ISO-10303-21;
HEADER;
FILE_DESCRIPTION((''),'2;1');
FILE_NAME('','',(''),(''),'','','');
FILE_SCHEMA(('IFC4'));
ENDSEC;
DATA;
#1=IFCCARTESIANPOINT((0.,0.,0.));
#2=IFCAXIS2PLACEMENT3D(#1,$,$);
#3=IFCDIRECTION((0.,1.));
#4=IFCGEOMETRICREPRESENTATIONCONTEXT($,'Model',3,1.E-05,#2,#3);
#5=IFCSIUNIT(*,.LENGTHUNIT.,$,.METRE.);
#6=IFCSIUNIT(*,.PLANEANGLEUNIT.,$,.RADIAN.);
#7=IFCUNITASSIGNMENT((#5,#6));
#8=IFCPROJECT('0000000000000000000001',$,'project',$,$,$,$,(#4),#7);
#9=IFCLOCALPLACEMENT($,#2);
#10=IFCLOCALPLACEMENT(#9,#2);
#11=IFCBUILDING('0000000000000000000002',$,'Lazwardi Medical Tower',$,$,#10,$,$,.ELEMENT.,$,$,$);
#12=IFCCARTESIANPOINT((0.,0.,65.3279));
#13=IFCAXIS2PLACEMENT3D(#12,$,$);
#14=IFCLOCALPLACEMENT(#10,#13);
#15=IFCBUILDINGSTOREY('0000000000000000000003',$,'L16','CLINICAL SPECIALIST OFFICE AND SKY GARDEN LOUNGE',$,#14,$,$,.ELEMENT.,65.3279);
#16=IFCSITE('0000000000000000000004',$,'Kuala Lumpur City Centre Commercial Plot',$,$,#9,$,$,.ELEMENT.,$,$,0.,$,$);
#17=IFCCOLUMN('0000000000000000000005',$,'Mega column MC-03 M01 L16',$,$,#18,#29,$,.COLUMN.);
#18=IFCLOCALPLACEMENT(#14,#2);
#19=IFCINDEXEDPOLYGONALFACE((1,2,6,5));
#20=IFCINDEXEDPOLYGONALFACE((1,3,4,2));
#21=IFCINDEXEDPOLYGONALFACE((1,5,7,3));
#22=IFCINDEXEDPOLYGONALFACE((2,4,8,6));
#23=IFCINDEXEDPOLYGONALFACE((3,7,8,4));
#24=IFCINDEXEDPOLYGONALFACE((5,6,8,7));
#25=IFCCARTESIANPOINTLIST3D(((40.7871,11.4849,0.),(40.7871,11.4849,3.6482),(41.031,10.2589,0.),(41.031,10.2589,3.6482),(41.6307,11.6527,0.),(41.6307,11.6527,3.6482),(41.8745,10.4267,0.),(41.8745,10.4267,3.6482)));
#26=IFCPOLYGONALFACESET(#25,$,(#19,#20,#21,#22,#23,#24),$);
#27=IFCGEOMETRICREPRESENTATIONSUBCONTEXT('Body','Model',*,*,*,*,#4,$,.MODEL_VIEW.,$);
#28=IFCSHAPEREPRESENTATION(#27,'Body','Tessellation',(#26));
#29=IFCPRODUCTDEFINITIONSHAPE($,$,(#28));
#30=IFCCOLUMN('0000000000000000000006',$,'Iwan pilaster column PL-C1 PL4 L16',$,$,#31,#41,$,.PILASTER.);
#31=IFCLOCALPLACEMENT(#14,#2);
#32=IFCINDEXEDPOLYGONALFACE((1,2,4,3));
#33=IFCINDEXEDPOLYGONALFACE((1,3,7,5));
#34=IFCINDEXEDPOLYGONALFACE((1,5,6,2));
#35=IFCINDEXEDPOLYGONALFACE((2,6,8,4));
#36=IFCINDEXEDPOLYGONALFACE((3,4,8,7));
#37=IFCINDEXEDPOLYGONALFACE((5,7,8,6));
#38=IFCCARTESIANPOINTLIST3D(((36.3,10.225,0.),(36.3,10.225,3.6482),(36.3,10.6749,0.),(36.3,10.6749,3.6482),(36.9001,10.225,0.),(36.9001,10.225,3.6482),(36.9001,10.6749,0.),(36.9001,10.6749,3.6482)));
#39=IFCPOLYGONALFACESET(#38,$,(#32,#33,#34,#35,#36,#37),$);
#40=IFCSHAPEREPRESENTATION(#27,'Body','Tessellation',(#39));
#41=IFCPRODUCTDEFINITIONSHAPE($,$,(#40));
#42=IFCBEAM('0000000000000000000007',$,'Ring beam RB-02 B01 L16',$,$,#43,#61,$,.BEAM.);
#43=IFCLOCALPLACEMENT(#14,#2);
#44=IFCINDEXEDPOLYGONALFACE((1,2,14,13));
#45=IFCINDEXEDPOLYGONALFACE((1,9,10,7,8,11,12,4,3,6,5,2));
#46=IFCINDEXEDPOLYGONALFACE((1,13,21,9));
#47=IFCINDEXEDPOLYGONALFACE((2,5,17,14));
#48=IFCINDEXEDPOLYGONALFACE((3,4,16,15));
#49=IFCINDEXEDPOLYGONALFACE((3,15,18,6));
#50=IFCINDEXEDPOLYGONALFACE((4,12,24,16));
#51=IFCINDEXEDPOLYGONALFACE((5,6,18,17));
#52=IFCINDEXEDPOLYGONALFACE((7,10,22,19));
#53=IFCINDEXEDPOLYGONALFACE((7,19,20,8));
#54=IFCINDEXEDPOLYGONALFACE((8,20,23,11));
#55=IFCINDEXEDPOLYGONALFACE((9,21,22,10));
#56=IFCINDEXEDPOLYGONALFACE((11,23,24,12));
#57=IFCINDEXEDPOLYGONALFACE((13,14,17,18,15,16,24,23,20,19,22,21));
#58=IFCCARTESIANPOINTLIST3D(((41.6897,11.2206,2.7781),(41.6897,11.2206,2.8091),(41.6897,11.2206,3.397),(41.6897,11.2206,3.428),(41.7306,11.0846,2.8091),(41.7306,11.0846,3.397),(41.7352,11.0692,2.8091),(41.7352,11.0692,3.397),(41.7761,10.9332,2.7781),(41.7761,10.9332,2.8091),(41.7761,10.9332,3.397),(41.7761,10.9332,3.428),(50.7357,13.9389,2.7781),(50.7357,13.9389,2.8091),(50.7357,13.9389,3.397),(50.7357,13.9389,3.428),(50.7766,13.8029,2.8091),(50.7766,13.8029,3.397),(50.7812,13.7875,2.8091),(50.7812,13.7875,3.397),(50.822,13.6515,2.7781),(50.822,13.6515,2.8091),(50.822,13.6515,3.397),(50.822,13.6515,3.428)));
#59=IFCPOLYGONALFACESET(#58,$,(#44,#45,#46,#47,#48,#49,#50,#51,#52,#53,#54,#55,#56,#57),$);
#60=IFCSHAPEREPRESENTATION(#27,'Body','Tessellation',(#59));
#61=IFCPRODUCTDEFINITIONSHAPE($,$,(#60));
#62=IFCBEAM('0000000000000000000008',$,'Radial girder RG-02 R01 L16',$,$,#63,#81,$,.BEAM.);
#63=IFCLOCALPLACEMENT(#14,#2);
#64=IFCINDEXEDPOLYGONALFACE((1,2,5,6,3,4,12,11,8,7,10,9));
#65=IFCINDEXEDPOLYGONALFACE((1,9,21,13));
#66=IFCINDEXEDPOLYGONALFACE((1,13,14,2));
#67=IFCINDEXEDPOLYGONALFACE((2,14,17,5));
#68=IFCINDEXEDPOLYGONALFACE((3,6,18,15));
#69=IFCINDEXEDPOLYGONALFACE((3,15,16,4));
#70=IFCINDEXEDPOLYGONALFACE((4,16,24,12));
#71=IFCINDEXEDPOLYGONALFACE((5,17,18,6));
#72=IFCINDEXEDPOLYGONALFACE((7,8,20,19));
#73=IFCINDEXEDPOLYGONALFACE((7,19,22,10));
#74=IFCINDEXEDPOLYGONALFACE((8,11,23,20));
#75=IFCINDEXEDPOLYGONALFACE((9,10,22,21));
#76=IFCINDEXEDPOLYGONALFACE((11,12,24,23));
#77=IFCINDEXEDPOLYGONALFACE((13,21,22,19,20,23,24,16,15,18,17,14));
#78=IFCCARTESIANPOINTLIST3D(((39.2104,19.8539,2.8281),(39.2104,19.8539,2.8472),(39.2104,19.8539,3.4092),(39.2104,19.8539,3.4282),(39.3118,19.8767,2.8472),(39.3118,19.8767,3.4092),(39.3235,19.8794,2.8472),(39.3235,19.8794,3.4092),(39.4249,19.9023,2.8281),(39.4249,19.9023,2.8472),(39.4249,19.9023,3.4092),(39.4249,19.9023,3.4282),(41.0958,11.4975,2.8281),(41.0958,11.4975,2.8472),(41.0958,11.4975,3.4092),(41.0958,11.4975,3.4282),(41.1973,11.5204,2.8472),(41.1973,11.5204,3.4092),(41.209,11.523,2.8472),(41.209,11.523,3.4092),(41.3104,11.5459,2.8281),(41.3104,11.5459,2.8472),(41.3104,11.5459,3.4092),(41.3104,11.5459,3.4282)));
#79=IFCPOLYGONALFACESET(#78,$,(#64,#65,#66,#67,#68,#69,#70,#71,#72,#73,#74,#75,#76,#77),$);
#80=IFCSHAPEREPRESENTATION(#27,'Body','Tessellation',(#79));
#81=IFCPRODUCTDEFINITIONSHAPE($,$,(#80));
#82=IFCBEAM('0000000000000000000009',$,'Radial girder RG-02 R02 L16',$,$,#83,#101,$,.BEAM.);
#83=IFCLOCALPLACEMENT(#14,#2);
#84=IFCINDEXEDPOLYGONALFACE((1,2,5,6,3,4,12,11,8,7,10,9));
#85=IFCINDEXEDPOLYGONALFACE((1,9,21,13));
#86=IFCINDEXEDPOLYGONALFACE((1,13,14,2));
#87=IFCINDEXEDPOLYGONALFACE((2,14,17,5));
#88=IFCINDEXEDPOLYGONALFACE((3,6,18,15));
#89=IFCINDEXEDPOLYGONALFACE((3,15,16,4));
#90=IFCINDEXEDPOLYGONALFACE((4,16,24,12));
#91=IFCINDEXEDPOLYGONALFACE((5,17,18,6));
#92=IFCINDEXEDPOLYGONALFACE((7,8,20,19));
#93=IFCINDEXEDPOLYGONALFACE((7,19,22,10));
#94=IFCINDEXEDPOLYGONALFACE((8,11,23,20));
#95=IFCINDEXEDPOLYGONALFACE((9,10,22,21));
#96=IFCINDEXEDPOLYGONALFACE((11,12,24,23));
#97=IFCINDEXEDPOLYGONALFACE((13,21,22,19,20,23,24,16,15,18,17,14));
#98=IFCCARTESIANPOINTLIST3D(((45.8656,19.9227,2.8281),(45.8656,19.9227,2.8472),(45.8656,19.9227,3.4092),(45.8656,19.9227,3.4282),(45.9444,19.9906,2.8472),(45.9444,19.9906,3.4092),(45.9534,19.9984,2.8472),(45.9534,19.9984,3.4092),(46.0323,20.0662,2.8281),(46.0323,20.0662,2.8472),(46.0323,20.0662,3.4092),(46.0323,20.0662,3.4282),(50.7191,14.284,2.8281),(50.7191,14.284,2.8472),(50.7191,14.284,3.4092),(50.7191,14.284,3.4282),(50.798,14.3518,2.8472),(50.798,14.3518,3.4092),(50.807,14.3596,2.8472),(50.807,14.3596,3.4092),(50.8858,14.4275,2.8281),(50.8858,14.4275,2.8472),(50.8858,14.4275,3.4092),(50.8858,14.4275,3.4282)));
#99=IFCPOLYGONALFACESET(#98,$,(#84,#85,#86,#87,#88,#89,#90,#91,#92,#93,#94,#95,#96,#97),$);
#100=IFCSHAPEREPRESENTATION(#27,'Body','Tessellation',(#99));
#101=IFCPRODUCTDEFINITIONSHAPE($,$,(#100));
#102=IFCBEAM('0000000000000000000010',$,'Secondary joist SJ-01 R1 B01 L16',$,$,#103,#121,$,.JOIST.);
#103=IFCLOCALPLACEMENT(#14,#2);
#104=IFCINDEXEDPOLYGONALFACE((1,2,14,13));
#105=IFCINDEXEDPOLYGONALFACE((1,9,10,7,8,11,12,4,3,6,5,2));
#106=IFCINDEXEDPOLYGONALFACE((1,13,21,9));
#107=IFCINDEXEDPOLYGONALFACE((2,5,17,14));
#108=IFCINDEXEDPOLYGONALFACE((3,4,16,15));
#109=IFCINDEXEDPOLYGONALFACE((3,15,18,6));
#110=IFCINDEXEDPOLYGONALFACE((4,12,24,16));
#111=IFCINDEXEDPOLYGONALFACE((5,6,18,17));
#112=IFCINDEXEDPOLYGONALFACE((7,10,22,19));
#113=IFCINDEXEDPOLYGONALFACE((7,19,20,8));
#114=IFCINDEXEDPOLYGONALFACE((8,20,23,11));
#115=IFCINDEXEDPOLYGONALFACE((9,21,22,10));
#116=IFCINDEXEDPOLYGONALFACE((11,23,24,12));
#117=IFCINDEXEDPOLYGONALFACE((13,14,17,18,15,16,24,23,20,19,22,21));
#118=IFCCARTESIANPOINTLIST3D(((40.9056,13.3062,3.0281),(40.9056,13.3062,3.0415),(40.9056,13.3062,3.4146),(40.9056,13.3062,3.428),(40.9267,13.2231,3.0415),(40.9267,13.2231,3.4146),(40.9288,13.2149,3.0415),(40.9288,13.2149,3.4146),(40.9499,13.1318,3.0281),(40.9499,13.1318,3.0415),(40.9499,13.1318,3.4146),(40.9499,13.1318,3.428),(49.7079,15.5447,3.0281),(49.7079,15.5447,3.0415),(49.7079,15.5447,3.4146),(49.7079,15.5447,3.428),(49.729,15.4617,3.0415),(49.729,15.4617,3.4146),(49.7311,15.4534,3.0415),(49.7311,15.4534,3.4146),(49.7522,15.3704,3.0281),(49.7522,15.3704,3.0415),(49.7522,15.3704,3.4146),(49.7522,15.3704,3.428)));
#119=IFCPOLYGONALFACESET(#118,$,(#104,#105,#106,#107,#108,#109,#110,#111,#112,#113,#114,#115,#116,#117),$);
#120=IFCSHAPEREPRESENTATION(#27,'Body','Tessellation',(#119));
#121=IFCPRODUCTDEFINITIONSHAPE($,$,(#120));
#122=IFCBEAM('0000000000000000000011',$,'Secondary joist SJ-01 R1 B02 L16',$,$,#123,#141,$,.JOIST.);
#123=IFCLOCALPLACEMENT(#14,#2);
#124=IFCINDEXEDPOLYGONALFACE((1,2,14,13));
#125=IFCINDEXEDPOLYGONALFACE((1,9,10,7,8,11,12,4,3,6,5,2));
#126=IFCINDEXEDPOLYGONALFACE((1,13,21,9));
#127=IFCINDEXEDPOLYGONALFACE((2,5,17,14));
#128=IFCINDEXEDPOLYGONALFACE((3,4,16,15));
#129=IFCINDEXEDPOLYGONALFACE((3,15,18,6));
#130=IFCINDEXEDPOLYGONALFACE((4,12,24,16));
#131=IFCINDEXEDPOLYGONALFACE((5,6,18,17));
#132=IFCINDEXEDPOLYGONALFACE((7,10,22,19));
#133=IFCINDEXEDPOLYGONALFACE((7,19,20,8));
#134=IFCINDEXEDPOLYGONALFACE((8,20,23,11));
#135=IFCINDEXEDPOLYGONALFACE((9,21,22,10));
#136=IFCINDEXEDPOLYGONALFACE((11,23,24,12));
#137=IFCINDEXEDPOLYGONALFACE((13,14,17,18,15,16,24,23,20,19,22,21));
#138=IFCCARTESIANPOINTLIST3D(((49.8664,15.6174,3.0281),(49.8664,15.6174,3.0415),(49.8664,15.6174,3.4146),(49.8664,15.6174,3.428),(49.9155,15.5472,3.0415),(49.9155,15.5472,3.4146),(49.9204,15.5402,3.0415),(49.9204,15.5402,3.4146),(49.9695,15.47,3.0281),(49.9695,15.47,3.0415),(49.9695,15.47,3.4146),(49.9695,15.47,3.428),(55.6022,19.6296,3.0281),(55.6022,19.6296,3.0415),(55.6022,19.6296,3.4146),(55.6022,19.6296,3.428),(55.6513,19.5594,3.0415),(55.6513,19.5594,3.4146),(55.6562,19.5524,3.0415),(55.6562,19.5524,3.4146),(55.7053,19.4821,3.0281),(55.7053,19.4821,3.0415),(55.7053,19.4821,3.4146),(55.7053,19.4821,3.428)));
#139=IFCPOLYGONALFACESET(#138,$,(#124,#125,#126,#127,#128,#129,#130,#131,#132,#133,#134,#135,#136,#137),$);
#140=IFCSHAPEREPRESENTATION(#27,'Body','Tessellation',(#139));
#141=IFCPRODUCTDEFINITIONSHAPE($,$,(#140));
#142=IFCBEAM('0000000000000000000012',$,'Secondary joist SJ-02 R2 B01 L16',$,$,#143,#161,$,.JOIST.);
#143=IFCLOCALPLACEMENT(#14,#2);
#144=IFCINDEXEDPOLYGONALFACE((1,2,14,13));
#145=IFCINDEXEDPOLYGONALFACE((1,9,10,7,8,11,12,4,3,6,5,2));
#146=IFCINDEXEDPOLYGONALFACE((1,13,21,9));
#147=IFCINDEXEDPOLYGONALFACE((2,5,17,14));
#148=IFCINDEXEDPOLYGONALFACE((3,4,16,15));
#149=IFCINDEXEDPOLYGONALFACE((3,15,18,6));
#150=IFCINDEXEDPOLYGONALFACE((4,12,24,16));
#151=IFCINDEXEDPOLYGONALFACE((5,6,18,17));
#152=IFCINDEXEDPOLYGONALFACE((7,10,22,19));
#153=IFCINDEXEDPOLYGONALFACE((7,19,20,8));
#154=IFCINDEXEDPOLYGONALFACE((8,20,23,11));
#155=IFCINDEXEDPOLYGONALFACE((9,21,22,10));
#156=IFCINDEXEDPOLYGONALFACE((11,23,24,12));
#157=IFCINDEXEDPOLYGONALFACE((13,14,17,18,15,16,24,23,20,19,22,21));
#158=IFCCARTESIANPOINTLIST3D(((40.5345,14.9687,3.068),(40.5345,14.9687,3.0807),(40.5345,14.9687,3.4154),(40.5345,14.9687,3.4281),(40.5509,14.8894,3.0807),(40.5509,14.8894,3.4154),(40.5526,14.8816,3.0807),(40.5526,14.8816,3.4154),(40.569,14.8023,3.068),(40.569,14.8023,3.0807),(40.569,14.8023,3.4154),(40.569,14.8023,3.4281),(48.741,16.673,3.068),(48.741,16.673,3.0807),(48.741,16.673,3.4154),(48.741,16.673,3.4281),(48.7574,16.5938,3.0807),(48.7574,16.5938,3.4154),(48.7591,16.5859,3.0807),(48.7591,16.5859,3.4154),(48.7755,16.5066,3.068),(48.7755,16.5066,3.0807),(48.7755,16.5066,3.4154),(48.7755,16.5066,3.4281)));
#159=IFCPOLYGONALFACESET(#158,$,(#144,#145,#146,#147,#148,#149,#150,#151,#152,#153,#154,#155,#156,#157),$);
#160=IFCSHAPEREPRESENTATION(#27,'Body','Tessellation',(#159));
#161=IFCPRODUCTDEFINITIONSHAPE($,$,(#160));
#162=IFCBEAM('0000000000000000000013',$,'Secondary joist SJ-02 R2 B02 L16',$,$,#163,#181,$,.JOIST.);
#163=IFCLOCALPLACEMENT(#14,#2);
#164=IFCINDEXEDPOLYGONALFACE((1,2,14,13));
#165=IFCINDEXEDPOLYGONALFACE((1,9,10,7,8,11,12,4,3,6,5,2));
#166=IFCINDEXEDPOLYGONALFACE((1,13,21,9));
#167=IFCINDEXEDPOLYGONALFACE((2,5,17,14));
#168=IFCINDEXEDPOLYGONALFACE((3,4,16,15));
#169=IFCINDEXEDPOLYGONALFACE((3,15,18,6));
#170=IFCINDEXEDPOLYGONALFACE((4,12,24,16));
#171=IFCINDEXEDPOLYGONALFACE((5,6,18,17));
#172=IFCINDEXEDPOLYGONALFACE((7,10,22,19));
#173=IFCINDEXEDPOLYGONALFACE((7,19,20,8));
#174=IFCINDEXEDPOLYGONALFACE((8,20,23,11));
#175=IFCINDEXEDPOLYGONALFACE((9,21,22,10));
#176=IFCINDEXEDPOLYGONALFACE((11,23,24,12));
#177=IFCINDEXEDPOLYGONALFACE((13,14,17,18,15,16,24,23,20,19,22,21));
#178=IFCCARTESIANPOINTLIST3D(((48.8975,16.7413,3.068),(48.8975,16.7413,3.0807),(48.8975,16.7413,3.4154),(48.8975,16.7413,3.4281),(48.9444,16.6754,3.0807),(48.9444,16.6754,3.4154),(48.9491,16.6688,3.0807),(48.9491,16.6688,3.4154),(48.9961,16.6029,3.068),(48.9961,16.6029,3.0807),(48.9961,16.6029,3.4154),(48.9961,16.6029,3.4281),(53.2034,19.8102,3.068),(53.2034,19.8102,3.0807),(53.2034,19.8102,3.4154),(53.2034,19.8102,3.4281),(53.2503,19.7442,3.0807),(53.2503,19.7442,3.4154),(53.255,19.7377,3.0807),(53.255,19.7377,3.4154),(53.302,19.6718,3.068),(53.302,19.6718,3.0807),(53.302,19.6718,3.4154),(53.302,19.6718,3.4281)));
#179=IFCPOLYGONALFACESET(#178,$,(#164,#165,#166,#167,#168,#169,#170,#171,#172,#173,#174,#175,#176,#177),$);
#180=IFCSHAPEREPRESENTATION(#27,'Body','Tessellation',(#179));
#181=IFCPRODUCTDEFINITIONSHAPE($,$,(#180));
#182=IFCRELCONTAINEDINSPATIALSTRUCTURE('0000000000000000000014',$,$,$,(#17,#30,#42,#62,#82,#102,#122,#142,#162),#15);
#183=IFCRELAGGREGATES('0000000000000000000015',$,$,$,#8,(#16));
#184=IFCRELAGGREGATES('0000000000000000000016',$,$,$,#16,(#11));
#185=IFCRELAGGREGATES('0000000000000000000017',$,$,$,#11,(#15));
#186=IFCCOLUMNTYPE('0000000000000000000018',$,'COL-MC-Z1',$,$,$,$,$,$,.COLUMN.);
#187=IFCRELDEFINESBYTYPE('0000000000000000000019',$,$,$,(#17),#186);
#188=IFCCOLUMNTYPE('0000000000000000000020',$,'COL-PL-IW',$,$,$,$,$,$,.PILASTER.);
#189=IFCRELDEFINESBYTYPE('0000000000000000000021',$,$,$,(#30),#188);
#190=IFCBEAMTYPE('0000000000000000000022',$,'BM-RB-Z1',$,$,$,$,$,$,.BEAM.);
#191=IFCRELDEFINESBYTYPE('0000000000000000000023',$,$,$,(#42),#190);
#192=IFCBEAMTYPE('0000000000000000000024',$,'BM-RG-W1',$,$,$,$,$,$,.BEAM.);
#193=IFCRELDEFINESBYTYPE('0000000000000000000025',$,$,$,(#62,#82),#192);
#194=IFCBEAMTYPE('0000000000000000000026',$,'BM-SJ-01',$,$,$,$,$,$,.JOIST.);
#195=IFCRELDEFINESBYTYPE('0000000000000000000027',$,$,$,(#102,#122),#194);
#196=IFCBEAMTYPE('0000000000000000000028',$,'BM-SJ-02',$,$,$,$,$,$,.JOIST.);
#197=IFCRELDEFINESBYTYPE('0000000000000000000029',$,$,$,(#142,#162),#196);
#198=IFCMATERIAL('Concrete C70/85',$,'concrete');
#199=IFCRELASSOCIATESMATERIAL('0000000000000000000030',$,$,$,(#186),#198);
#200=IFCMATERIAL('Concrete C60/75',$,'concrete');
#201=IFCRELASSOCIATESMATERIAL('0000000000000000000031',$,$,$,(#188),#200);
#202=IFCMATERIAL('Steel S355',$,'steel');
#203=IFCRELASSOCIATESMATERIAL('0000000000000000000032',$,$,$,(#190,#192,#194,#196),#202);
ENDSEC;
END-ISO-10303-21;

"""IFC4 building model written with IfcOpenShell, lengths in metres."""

from ifc_helpers import new_model, si_unit, direction, frame, origin, origin_2d, place, context, subcontext, project, spatial, rectangle, i_section, extrude, material, material_profile, profile_set, type_object, element, save


model = new_model("IFC4")

# Units and contexts
model_context = context("Model", 3, precision=1e-05, world=origin(), true_north=direction((0.0, 1.0)))
body_context = subcontext(model_context, "Body", "Model", "MODEL_VIEW")
ifc_project = project(units=[si_unit("LENGTHUNIT", "METRE"), si_unit("PLANEANGLEUNIT", "RADIAN")], contexts=[model_context])

# Site, building, storey
site_placement = place(None, origin())
site = spatial("IfcSite", under=ifc_project, at=site_placement, Name="Kuala Lumpur City Centre Commercial Plot", CompositionType="ELEMENT", RefElevation=0.0)
building_placement = place(site_placement, origin())
building = spatial("IfcBuilding", under=site, at=building_placement, Name="Lazwardi Medical Tower", CompositionType="ELEMENT")
storey_placement = place(building_placement, frame((0.0, 0.0, 65.3279)))
storey = spatial("IfcBuildingStorey", under=building, at=storey_placement, Name="L16", Description="CLINICAL SPECIALIST OFFICE AND SKY GARDEN LOUNGE", CompositionType="ELEMENT", Elevation=65.3279)

# Columns
ifc_material_1 = material(Name="Concrete C70/85", Category="concrete")
ifc_material_profile_1 = material_profile(ifc_material_1, rectangle(XDim=1.25, YDim=0.8601, at=origin_2d()), Name="CFT-RECT 1250x860")
ifc_profile_set_1 = profile_set([ifc_material_profile_1], Name="Concrete C70/85")
column_type_1 = type_object("IfcColumnType", Name="COL-MC-Z1", PredefinedType="COLUMN", material=ifc_profile_set_1)
column_1_placement = place(storey_placement, frame((41.3308, 10.9558, 0.0), z_axis=(0.0, 0.0, 1.0), x_axis=(0.19509, -0.980785, 0.0)))
element("IfcColumn", 1, at=column_1_placement, inside=storey, type_object=column_type_1, Name="Mega column MC-03 M01 L16", PredefinedType="COLUMN", context=body_context, shape_type="SweptSolid", body=[
    extrude(rectangle(XDim=1.25, YDim=0.8601, at=origin_2d()), origin(), (0.0, 0.0, 1.0), 3.6482),
])
ifc_material_2 = material(Name="Concrete C60/75", Category="concrete")
ifc_material_profile_2 = material_profile(ifc_material_2, rectangle(XDim=0.6001, YDim=0.45, at=origin_2d()), Name="RC 600x450")
ifc_profile_set_2 = profile_set([ifc_material_profile_2], Name="Concrete C60/75")
column_type_2 = type_object("IfcColumnType", Name="COL-PL-IW", PredefinedType="PILASTER", material=ifc_profile_set_2)
column_2_placement = place(storey_placement, frame((36.6001, 10.45, 0.0), z_axis=(0.0, 0.0, 1.0), x_axis=(1.0, 0.0, 0.0)))
element("IfcColumn", 2, at=column_2_placement, inside=storey, type_object=column_type_2, Name="Iwan pilaster column PL-C1 PL4 L16", PredefinedType="PILASTER", context=body_context, shape_type="SweptSolid", body=[
    extrude(rectangle(XDim=0.6001, YDim=0.45, at=origin_2d()), origin(), (0.0, 0.0, 1.0), 3.6482),
])

# Beams
ifc_material_3 = material(Name="Steel S355", Category="steel")
ifc_material_profile_3 = material_profile(ifc_material_3, i_section(OverallWidth=0.3, OverallDepth=0.6499, WebThickness=0.0161, FlangeThickness=0.031, at=origin_2d()), Name="HEB 650")
ifc_profile_set_3 = profile_set([ifc_material_profile_3], Name="Steel S355")
beam_type_1 = type_object("IfcBeamType", Name="BM-RB-Z1", PredefinedType="BEAM", material=ifc_profile_set_3)
beam_1_placement = place(storey_placement, frame((41.7329, 11.0769, 3.103), z_axis=(0.957695, 0.287784, 0.0), x_axis=(-0.287784, 0.957695, 0.0)))
element("IfcBeam", 3, at=beam_1_placement, inside=storey, type_object=beam_type_1, Name="Ring beam RB-02 B01 L16", PredefinedType="BEAM", context=body_context, shape_type="SweptSolid", body=[
    extrude(i_section(OverallWidth=0.3, OverallDepth=0.6499, WebThickness=0.0161, FlangeThickness=0.031, at=origin_2d()), origin(), (0.0, 0.0, 1.0), 9.4456),
])
ifc_material_profile_4 = material_profile(ifc_material_3, i_section(OverallWidth=0.22, OverallDepth=0.6001, WebThickness=0.012, FlangeThickness=0.019, at=origin_2d()), Name="IPE 600")
ifc_profile_set_4 = profile_set([ifc_material_profile_4], Name="Steel S355")
beam_type_2 = type_object("IfcBeamType", Name="BM-RG-W1", PredefinedType="BEAM", material=ifc_profile_set_4)
beam_2_placement = place(storey_placement, frame((41.2031, 11.5217, 3.1282), z_axis=(-0.220101, 0.975477, 0.0), x_axis=(-0.975477, -0.220101, 0.0)))
element("IfcBeam", 4, at=beam_2_placement, inside=storey, type_object=beam_type_2, Name="Radial girder RG-02 R01 L16", PredefinedType="BEAM", context=body_context, shape_type="SweptSolid", body=[
    extrude(i_section(OverallWidth=0.22, OverallDepth=0.6001, WebThickness=0.012, FlangeThickness=0.019, at=origin_2d()), origin(), (0.0, 0.0, 1.0), 8.5664),
])
beam_3_placement = place(storey_placement, frame((50.8025, 14.3557, 3.1282), z_axis=(-0.652368, 0.757902, 0.0), x_axis=(-0.757902, -0.652368, 0.0)))
element("IfcBeam", 5, at=beam_3_placement, inside=storey, type_object=beam_type_2, Name="Radial girder RG-02 R02 L16", PredefinedType="BEAM", context=body_context, shape_type="SweptSolid", body=[
    extrude(i_section(OverallWidth=0.22, OverallDepth=0.6001, WebThickness=0.012, FlangeThickness=0.019, at=origin_2d()), origin(), (0.0, 0.0, 1.0), 7.4399),
])
ifc_material_profile_5 = material_profile(ifc_material_3, i_section(OverallWidth=0.1799, OverallDepth=0.3999, WebThickness=0.0085, FlangeThickness=0.0134, at=origin_2d()), Name="IPE 400")
ifc_profile_set_5 = profile_set([ifc_material_profile_5], Name="Steel S355")
beam_type_3 = type_object("IfcBeamType", Name="BM-SJ-01", PredefinedType="JOIST", material=ifc_profile_set_5)
beam_4_placement = place(storey_placement, frame((40.9277, 13.219, 3.228), z_axis=(0.969151, 0.246468, 0.0), x_axis=(-0.246468, 0.969151, 0.0)))
element("IfcBeam", 6, at=beam_4_placement, inside=storey, type_object=beam_type_3, Name="Secondary joist SJ-01 R1 B01 L16", PredefinedType="JOIST", context=body_context, shape_type="SweptSolid", body=[
    extrude(i_section(OverallWidth=0.1799, OverallDepth=0.3999, WebThickness=0.0085, FlangeThickness=0.0134, at=origin_2d()), origin(), (0.0, 0.0, 1.0), 9.0825),
])
beam_5_placement = place(storey_placement, frame((49.918, 15.5437, 3.228), z_axis=(0.819425, 0.573186, 0.0), x_axis=(-0.573186, 0.819425, 0.0)))
element("IfcBeam", 7, at=beam_5_placement, inside=storey, type_object=beam_type_3, Name="Secondary joist SJ-01 R1 B02 L16", PredefinedType="JOIST", context=body_context, shape_type="SweptSolid", body=[
    extrude(i_section(OverallWidth=0.1799, OverallDepth=0.3999, WebThickness=0.0085, FlangeThickness=0.0134, at=origin_2d()), origin(), (0.0, 0.0, 1.0), 6.9998),
])
ifc_material_profile_6 = material_profile(ifc_material_3, i_section(OverallWidth=0.1699, OverallDepth=0.3601, WebThickness=0.0081, FlangeThickness=0.0127, at=origin_2d()), Name="IPE 360")
ifc_profile_set_6 = profile_set([ifc_material_profile_6], Name="Steel S355")
beam_type_4 = type_object("IfcBeamType", Name="BM-SJ-02", PredefinedType="JOIST", material=ifc_profile_set_6)
beam_6_placement = place(storey_placement, frame((40.5518, 14.8855, 3.248), z_axis=(0.979108, 0.203342, 0.0), x_axis=(-0.203342, 0.979108, 0.0)))
element("IfcBeam", 8, at=beam_6_placement, inside=storey, type_object=beam_type_4, Name="Secondary joist SJ-02 R2 B01 L16", PredefinedType="JOIST", context=body_context, shape_type="SweptSolid", body=[
    extrude(i_section(OverallWidth=0.1699, OverallDepth=0.3601, WebThickness=0.0081, FlangeThickness=0.0127, at=origin_2d()), origin(), (0.0, 0.0, 1.0), 8.3816),
])
beam_7_placement = place(storey_placement, frame((48.9468, 16.6721, 3.248), z_axis=(0.814341, 0.580386, 0.0), x_axis=(-0.580386, 0.814341, 0.0)))
element("IfcBeam", 9, at=beam_7_placement, inside=storey, type_object=beam_type_4, Name="Secondary joist SJ-02 R2 B02 L16", PredefinedType="JOIST", context=body_context, shape_type="SweptSolid", body=[
    extrude(i_section(OverallWidth=0.1699, OverallDepth=0.3601, WebThickness=0.0081, FlangeThickness=0.0127, at=origin_2d()), origin(), (0.0, 0.0, 1.0), 5.2876),
])

save(model, "model.ifc")
